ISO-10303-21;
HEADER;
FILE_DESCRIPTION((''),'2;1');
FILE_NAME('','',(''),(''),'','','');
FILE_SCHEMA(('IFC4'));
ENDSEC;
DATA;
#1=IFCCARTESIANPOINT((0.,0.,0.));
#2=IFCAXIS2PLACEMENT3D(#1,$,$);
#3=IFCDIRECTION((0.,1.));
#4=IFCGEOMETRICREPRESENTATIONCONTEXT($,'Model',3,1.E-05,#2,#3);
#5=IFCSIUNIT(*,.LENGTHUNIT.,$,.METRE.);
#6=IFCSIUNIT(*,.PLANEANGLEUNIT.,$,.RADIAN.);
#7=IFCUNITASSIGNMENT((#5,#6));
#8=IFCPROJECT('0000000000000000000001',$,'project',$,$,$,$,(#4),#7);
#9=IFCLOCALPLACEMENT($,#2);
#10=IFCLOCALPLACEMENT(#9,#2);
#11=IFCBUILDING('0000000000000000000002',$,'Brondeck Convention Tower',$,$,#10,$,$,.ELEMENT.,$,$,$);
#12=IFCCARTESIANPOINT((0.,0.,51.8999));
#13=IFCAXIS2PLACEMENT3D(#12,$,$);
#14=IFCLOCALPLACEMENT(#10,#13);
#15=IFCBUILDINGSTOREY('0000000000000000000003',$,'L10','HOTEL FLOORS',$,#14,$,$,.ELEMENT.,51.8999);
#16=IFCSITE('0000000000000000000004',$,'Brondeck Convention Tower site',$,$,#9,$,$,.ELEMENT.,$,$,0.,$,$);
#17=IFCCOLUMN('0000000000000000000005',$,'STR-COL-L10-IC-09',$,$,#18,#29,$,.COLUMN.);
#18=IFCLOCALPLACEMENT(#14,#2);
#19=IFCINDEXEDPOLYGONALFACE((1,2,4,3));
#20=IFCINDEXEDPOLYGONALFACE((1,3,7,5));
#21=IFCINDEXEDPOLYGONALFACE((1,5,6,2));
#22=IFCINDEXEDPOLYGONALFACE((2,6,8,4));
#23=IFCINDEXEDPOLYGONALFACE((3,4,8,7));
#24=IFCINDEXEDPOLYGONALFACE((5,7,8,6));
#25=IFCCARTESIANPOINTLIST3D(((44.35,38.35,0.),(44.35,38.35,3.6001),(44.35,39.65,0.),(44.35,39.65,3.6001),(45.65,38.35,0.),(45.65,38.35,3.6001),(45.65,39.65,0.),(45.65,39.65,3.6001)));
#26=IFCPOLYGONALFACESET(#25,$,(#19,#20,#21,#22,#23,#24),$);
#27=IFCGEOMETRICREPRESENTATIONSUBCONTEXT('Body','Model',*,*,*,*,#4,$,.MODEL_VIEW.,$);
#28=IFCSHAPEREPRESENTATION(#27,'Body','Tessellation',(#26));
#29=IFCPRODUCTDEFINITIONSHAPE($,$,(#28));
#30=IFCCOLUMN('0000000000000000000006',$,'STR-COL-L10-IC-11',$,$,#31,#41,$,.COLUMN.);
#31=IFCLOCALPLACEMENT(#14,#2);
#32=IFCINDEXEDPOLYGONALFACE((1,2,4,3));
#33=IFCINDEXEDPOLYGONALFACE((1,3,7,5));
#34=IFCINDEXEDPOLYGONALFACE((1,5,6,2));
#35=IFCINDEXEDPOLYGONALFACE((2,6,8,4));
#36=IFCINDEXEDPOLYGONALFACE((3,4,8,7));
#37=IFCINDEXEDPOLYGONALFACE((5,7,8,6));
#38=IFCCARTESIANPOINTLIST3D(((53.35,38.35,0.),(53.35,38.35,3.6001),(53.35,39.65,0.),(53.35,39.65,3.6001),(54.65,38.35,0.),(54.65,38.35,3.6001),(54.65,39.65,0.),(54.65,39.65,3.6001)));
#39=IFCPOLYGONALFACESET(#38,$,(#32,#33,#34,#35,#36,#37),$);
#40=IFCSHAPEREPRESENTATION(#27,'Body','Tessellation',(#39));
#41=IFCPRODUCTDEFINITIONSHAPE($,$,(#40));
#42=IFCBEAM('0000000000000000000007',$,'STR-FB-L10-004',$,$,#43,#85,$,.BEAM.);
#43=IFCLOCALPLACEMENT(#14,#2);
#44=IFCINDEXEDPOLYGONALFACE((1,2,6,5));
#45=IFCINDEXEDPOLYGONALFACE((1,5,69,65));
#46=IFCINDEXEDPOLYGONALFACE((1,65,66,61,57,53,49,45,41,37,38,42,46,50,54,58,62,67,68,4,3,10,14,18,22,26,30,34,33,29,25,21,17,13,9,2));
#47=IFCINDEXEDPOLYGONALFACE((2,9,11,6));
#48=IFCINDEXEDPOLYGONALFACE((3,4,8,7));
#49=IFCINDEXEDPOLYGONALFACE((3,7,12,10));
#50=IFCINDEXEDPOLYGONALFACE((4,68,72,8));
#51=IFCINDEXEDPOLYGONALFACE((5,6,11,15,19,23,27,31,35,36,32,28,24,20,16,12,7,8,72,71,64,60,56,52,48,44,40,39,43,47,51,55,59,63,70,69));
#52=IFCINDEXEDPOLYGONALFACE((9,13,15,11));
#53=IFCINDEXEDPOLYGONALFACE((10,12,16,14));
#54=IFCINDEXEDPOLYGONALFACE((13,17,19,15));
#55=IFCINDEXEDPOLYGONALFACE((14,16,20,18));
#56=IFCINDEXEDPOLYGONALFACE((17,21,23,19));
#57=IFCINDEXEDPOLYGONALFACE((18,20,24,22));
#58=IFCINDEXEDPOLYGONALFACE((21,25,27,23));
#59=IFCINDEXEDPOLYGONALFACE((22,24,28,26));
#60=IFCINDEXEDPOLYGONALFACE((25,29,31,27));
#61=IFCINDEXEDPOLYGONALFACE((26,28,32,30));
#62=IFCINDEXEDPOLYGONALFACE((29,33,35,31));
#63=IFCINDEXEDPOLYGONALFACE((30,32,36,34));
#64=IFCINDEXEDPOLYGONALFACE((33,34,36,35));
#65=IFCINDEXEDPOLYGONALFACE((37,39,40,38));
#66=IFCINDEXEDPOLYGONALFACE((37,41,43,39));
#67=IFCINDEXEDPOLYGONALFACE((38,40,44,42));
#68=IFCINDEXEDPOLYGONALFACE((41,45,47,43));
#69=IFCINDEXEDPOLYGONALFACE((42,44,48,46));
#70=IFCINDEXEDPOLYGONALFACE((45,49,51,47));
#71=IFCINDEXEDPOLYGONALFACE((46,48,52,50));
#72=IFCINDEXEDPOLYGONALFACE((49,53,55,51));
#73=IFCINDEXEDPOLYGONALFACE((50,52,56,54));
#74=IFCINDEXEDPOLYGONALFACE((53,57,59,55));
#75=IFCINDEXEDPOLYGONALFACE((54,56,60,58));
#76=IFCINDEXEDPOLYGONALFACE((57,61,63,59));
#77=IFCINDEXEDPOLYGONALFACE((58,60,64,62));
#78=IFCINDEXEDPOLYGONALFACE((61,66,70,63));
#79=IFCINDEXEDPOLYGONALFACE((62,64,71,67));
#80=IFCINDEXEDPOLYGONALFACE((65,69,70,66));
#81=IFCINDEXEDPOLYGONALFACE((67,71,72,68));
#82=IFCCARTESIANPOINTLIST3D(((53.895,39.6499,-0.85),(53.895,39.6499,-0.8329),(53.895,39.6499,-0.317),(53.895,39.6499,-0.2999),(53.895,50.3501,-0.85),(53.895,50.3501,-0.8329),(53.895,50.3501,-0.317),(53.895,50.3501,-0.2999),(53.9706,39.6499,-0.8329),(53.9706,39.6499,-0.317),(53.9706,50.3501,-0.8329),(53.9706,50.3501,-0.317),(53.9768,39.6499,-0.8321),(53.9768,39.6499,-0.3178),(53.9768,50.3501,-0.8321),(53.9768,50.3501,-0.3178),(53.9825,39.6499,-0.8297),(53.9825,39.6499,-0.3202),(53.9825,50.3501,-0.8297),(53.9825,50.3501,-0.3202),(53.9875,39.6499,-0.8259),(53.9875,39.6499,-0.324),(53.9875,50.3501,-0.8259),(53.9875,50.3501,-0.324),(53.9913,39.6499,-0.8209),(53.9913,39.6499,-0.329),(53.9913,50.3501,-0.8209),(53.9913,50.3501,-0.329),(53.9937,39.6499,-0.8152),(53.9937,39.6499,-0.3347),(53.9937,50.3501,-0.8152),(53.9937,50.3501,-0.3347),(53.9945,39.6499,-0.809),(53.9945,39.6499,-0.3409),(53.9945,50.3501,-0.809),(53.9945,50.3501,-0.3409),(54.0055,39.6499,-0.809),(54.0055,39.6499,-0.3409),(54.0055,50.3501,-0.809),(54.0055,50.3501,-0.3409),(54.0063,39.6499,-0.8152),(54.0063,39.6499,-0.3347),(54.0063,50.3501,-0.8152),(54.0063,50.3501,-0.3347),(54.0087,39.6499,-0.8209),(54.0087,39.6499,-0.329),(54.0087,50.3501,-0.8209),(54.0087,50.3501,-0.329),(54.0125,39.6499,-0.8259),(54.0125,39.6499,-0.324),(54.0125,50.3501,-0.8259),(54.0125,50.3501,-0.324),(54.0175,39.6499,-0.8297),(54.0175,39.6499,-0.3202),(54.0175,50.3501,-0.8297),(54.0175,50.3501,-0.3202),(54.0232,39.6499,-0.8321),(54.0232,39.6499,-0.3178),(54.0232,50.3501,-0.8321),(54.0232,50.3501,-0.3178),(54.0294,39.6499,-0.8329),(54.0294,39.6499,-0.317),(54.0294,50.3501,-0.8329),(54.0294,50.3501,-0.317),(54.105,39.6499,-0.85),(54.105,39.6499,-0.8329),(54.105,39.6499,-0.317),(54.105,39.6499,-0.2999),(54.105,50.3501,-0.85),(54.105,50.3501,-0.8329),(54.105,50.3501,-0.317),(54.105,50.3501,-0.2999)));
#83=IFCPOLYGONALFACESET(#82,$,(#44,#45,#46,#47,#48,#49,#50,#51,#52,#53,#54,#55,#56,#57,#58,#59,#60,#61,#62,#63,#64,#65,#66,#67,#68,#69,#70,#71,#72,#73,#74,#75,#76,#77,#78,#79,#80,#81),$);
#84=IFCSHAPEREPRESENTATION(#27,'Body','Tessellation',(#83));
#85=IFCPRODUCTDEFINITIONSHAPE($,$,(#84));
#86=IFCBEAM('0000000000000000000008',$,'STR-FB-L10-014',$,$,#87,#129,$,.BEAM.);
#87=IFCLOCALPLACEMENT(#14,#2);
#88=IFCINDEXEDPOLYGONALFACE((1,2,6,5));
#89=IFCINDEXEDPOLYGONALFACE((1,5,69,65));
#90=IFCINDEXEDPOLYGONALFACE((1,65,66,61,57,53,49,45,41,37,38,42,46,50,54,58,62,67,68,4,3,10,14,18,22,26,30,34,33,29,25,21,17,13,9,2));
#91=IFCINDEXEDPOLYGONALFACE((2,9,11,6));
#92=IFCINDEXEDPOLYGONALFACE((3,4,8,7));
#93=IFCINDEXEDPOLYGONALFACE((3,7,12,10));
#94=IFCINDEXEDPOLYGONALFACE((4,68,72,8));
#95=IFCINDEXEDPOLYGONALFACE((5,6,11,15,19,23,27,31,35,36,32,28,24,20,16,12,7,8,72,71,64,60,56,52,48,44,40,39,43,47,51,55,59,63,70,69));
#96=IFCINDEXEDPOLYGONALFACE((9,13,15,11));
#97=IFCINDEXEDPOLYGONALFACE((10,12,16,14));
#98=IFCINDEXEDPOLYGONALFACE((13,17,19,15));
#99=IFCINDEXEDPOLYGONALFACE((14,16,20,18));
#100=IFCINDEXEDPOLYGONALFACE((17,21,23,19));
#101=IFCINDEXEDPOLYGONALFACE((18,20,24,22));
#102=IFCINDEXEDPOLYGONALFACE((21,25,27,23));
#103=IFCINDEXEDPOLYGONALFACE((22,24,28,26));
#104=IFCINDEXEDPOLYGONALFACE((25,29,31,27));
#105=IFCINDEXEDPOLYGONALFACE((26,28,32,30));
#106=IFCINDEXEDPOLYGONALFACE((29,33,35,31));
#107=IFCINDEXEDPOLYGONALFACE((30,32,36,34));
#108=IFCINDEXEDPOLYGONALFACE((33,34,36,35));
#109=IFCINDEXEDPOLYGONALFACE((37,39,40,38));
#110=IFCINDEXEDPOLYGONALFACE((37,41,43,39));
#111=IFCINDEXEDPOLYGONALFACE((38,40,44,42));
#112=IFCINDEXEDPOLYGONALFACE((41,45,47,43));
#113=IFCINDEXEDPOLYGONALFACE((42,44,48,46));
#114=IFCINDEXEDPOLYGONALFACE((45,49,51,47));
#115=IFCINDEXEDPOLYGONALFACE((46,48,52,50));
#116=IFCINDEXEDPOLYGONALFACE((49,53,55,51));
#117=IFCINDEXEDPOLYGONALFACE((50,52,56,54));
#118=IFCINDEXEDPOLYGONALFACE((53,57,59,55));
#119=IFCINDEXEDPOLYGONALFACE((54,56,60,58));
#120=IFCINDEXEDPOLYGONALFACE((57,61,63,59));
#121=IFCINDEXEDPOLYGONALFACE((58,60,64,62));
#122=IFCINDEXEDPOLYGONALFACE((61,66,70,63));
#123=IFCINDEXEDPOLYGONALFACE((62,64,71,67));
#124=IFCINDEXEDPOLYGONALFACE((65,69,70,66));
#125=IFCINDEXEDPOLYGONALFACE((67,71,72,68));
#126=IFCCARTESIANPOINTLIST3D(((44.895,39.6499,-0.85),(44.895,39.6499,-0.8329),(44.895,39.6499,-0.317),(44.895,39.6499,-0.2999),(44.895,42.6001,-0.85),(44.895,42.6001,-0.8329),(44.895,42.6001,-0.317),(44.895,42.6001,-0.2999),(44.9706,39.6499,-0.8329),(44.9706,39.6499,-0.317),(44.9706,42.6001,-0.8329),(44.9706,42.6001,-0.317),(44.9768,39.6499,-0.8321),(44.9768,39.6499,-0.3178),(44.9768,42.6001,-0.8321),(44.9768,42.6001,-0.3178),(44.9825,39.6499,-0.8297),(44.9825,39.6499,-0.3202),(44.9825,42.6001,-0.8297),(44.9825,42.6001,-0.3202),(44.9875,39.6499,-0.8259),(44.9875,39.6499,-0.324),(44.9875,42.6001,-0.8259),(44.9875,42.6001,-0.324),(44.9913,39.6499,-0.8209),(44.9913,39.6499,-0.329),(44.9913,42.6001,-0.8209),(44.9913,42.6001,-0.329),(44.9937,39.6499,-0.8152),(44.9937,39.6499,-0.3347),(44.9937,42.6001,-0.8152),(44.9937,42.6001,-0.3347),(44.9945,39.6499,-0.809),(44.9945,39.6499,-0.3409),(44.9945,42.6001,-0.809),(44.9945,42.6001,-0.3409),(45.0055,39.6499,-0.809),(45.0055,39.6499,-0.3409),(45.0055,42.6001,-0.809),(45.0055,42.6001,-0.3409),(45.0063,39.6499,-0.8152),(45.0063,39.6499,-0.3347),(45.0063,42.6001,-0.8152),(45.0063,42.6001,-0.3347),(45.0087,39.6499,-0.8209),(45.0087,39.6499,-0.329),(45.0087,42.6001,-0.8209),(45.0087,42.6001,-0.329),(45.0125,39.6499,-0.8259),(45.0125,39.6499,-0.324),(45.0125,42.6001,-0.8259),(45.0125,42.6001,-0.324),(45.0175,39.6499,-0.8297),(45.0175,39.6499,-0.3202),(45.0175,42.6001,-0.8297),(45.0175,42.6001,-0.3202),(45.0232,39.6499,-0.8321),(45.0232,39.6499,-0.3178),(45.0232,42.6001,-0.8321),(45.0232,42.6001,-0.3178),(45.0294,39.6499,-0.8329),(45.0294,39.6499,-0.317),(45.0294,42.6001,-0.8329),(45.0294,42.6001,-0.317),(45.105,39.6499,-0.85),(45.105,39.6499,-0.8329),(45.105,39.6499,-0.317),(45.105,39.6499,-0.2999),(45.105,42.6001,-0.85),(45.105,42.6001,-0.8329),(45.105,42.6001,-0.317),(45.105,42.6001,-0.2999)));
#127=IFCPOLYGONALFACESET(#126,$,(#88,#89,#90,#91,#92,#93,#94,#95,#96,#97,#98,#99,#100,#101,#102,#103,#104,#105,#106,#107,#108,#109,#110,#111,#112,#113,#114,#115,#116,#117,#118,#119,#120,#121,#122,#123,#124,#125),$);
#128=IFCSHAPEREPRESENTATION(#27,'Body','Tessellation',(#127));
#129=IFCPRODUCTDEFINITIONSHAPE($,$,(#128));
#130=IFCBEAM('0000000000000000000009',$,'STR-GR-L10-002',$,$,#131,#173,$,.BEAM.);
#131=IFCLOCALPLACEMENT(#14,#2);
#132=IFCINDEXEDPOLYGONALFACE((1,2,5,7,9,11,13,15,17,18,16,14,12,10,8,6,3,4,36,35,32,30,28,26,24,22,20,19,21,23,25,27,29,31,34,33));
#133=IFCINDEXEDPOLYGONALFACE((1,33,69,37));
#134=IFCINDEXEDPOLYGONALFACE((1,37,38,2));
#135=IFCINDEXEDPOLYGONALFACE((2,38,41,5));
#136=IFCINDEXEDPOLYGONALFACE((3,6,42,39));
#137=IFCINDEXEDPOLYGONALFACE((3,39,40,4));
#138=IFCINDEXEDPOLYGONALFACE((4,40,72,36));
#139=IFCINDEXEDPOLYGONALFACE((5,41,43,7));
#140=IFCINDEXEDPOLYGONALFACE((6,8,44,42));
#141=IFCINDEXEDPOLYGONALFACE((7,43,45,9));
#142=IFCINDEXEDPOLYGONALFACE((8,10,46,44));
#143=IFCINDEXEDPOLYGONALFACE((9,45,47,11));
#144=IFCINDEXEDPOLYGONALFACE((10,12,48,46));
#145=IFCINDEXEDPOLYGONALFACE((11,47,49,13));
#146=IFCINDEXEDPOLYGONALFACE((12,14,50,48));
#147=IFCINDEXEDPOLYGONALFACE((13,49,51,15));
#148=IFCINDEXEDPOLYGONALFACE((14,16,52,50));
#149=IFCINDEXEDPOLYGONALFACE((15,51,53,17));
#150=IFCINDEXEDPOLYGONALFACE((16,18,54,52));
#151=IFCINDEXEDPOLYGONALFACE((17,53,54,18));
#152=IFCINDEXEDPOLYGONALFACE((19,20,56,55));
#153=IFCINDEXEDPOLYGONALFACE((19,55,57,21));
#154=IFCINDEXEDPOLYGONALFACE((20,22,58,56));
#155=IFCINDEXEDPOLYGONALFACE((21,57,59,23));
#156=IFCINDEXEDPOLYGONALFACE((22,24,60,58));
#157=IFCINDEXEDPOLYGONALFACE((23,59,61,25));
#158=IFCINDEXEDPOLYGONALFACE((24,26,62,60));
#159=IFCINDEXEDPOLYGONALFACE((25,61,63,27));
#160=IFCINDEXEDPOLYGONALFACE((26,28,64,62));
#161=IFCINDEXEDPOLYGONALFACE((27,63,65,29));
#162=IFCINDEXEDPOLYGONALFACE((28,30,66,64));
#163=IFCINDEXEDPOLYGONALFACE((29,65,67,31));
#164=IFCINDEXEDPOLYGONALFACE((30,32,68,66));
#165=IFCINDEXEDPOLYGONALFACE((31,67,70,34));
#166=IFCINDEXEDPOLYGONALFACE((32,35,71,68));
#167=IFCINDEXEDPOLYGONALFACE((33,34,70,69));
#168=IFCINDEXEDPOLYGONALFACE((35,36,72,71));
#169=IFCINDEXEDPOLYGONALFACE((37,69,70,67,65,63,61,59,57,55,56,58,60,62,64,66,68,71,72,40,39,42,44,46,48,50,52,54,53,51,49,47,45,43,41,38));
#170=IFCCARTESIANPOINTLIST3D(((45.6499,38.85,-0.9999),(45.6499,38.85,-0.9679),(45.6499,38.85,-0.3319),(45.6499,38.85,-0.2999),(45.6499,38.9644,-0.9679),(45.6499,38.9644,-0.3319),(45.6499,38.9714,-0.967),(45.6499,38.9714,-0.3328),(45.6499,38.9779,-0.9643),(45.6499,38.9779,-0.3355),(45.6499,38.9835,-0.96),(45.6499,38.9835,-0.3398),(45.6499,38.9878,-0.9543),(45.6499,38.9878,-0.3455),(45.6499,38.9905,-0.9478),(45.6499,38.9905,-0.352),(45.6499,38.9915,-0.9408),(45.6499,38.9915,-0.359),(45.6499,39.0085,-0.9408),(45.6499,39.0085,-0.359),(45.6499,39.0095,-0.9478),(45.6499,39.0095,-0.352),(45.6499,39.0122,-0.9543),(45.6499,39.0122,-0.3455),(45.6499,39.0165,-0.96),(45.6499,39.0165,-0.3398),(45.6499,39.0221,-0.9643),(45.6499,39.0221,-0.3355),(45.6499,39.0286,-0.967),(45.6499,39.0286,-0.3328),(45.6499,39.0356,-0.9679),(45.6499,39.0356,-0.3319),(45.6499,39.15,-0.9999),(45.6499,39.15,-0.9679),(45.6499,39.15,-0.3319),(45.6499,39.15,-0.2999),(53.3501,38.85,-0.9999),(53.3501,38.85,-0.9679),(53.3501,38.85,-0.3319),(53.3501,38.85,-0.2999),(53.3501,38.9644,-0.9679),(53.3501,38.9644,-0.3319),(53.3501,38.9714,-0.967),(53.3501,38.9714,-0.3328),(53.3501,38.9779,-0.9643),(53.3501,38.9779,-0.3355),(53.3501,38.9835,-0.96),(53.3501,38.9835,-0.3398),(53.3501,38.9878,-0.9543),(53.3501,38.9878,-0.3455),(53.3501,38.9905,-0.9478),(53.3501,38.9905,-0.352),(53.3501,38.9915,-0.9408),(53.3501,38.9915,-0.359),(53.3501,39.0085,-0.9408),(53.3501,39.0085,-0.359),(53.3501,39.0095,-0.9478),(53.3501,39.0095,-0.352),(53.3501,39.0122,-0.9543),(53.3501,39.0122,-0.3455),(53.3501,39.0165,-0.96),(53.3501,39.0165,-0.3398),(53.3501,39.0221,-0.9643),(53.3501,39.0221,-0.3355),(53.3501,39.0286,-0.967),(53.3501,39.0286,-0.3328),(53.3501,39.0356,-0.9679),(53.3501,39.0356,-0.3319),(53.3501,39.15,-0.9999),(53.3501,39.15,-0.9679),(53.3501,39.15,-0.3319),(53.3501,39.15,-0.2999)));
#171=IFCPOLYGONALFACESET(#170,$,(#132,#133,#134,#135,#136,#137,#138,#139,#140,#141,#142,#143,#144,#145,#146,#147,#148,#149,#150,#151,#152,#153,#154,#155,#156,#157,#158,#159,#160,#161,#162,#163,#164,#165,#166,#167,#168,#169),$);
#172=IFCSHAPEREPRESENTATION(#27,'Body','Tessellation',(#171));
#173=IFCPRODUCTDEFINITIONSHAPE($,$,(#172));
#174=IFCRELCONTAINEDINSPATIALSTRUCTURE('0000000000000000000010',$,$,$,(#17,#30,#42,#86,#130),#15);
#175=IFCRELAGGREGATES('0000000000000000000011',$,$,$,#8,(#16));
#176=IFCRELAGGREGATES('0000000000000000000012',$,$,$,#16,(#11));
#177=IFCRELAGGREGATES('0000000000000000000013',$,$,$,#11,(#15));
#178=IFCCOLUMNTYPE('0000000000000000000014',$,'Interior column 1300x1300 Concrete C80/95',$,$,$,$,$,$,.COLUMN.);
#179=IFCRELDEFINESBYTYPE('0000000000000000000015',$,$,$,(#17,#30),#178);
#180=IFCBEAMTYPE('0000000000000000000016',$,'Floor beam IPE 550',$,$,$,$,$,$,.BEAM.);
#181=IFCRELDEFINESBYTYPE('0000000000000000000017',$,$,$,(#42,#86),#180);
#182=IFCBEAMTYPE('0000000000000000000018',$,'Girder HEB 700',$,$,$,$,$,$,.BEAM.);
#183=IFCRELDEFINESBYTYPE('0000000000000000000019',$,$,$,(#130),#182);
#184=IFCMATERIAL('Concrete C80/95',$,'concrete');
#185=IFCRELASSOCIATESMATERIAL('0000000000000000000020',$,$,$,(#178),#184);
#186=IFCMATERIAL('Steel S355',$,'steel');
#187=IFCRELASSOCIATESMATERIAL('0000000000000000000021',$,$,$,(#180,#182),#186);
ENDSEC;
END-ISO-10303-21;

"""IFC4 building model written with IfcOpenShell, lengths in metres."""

from ifc_helpers import new_model, si_unit, direction, frame, origin, origin_2d, place, context, subcontext, project, spatial, rectangle, i_section, extrude, material, material_profile, profile_set, type_object, element, save


model = new_model("IFC4")

# Units and contexts
model_context = context("Model", 3, precision=1e-05, world=origin(), true_north=direction((0.0, 1.0)))
body_context = subcontext(model_context, "Body", "Model", "MODEL_VIEW")
ifc_project = project(units=[si_unit("LENGTHUNIT", "METRE"), si_unit("PLANEANGLEUNIT", "RADIAN")], contexts=[model_context])

# Site, building, storey
site_placement = place(None, origin())
site = spatial("IfcSite", under=ifc_project, at=site_placement, Name="Brondeck Convention Tower site", CompositionType="ELEMENT", RefElevation=0.0)
building_placement = place(site_placement, origin())
building = spatial("IfcBuilding", under=site, at=building_placement, Name="Brondeck Convention Tower", CompositionType="ELEMENT")
storey_placement = place(building_placement, frame((0.0, 0.0, 51.8999)))
storey = spatial("IfcBuildingStorey", under=building, at=storey_placement, Name="L10", Description="HOTEL FLOORS", CompositionType="ELEMENT", Elevation=51.8999)

# Columns
ifc_material_1 = material(Name="Concrete C80/95", Category="concrete")
ifc_material_profile_1 = material_profile(ifc_material_1, rectangle(XDim=1.3, YDim=1.3, at=origin_2d()), Name="Interior column 1300x1300 Concrete C80/95")
ifc_profile_set_1 = profile_set([ifc_material_profile_1], Name="Concrete C80/95")
column_type = type_object("IfcColumnType", Name="Interior column 1300x1300 Concrete C80/95", PredefinedType="COLUMN", material=ifc_profile_set_1)
for number, where, z_axis, x_axis, name in (
    (1, (45.0, 39.0, 0.0), (0.0, 0.0, 1.0), (1.0, 0.0, 0.0), "STR-COL-L10-IC-09"),
    (2, (54.0, 39.0, 0.0), (0.0, 0.0, 1.0), (1.0, 0.0, 0.0), "STR-COL-L10-IC-11"),
):
    element("IfcColumn", number, at=place(storey_placement, frame(where, z_axis=z_axis, x_axis=x_axis)), inside=storey, type_object=column_type, Name=name, PredefinedType="COLUMN", context=body_context, shape_type="SweptSolid", body=[
        extrude(rectangle(XDim=1.3, YDim=1.3, at=origin_2d()), origin(), (0.0, 0.0, 1.0), 3.6001),
    ])

# Beams
ifc_material_2 = material(Name="Steel S355", Category="steel")
ifc_material_profile_2 = material_profile(ifc_material_2, i_section(OverallWidth=0.21, OverallDepth=0.55, WebThickness=0.011, FlangeThickness=0.0171, FilletRadius=0.0239, at=origin_2d()), Name="IPE 550")
ifc_profile_set_2 = profile_set([ifc_material_profile_2], Name="Steel S355")
beam_type_1 = type_object("IfcBeamType", Name="Floor beam IPE 550", PredefinedType="BEAM", material=ifc_profile_set_2)
beam_1_placement = place(storey_placement, frame((54.0, 39.6499, -0.575), z_axis=(0.0, 1.0, 0.0), x_axis=(-1.0, 0.0, 0.0)))
element("IfcBeam", 3, at=beam_1_placement, inside=storey, type_object=beam_type_1, Name="STR-FB-L10-004", PredefinedType="BEAM", context=body_context, shape_type="SweptSolid", body=[
    extrude(i_section(OverallWidth=0.21, OverallDepth=0.55, WebThickness=0.011, FlangeThickness=0.0171, FilletRadius=0.0239, at=origin_2d()), origin(), (0.0, 0.0, 1.0), 10.7002),
])
beam_2_placement = place(storey_placement, frame((45.0, 39.6499, -0.575), z_axis=(0.0, 1.0, 0.0), x_axis=(-1.0, 0.0, 0.0)))
element("IfcBeam", 4, at=beam_2_placement, inside=storey, type_object=beam_type_1, Name="STR-FB-L10-014", PredefinedType="BEAM", context=body_context, shape_type="SweptSolid", body=[
    extrude(i_section(OverallWidth=0.21, OverallDepth=0.55, WebThickness=0.011, FlangeThickness=0.0171, FilletRadius=0.0239, at=origin_2d()), origin(), (0.0, 0.0, 1.0), 2.9502),
])
ifc_material_profile_3 = material_profile(ifc_material_2, i_section(OverallWidth=0.3, OverallDepth=0.7, WebThickness=0.0171, FlangeThickness=0.032, FilletRadius=0.0271, at=origin_2d()), Name="HEB 700")
ifc_profile_set_3 = profile_set([ifc_material_profile_3], Name="Steel S355")
beam_type_2 = type_object("IfcBeamType", Name="Girder HEB 700", PredefinedType="BEAM", material=ifc_profile_set_3)
for number, where, z_axis, x_axis, name in (
    (5, (45.6499, 39.0, -0.6499), (1.0, 0.0, 0.0), (0.0, 1.0, 0.0), "STR-GR-L10-002"),
):
    element("IfcBeam", number, at=place(storey_placement, frame(where, z_axis=z_axis, x_axis=x_axis)), inside=storey, type_object=beam_type_2, Name=name, PredefinedType="BEAM", context=body_context, shape_type="SweptSolid", body=[
        extrude(i_section(OverallWidth=0.3, OverallDepth=0.7, WebThickness=0.0171, FlangeThickness=0.032, FilletRadius=0.0271, at=origin_2d()), origin(), (0.0, 0.0, 1.0), 7.7002),
    ])

save(model, "model.ifc")
